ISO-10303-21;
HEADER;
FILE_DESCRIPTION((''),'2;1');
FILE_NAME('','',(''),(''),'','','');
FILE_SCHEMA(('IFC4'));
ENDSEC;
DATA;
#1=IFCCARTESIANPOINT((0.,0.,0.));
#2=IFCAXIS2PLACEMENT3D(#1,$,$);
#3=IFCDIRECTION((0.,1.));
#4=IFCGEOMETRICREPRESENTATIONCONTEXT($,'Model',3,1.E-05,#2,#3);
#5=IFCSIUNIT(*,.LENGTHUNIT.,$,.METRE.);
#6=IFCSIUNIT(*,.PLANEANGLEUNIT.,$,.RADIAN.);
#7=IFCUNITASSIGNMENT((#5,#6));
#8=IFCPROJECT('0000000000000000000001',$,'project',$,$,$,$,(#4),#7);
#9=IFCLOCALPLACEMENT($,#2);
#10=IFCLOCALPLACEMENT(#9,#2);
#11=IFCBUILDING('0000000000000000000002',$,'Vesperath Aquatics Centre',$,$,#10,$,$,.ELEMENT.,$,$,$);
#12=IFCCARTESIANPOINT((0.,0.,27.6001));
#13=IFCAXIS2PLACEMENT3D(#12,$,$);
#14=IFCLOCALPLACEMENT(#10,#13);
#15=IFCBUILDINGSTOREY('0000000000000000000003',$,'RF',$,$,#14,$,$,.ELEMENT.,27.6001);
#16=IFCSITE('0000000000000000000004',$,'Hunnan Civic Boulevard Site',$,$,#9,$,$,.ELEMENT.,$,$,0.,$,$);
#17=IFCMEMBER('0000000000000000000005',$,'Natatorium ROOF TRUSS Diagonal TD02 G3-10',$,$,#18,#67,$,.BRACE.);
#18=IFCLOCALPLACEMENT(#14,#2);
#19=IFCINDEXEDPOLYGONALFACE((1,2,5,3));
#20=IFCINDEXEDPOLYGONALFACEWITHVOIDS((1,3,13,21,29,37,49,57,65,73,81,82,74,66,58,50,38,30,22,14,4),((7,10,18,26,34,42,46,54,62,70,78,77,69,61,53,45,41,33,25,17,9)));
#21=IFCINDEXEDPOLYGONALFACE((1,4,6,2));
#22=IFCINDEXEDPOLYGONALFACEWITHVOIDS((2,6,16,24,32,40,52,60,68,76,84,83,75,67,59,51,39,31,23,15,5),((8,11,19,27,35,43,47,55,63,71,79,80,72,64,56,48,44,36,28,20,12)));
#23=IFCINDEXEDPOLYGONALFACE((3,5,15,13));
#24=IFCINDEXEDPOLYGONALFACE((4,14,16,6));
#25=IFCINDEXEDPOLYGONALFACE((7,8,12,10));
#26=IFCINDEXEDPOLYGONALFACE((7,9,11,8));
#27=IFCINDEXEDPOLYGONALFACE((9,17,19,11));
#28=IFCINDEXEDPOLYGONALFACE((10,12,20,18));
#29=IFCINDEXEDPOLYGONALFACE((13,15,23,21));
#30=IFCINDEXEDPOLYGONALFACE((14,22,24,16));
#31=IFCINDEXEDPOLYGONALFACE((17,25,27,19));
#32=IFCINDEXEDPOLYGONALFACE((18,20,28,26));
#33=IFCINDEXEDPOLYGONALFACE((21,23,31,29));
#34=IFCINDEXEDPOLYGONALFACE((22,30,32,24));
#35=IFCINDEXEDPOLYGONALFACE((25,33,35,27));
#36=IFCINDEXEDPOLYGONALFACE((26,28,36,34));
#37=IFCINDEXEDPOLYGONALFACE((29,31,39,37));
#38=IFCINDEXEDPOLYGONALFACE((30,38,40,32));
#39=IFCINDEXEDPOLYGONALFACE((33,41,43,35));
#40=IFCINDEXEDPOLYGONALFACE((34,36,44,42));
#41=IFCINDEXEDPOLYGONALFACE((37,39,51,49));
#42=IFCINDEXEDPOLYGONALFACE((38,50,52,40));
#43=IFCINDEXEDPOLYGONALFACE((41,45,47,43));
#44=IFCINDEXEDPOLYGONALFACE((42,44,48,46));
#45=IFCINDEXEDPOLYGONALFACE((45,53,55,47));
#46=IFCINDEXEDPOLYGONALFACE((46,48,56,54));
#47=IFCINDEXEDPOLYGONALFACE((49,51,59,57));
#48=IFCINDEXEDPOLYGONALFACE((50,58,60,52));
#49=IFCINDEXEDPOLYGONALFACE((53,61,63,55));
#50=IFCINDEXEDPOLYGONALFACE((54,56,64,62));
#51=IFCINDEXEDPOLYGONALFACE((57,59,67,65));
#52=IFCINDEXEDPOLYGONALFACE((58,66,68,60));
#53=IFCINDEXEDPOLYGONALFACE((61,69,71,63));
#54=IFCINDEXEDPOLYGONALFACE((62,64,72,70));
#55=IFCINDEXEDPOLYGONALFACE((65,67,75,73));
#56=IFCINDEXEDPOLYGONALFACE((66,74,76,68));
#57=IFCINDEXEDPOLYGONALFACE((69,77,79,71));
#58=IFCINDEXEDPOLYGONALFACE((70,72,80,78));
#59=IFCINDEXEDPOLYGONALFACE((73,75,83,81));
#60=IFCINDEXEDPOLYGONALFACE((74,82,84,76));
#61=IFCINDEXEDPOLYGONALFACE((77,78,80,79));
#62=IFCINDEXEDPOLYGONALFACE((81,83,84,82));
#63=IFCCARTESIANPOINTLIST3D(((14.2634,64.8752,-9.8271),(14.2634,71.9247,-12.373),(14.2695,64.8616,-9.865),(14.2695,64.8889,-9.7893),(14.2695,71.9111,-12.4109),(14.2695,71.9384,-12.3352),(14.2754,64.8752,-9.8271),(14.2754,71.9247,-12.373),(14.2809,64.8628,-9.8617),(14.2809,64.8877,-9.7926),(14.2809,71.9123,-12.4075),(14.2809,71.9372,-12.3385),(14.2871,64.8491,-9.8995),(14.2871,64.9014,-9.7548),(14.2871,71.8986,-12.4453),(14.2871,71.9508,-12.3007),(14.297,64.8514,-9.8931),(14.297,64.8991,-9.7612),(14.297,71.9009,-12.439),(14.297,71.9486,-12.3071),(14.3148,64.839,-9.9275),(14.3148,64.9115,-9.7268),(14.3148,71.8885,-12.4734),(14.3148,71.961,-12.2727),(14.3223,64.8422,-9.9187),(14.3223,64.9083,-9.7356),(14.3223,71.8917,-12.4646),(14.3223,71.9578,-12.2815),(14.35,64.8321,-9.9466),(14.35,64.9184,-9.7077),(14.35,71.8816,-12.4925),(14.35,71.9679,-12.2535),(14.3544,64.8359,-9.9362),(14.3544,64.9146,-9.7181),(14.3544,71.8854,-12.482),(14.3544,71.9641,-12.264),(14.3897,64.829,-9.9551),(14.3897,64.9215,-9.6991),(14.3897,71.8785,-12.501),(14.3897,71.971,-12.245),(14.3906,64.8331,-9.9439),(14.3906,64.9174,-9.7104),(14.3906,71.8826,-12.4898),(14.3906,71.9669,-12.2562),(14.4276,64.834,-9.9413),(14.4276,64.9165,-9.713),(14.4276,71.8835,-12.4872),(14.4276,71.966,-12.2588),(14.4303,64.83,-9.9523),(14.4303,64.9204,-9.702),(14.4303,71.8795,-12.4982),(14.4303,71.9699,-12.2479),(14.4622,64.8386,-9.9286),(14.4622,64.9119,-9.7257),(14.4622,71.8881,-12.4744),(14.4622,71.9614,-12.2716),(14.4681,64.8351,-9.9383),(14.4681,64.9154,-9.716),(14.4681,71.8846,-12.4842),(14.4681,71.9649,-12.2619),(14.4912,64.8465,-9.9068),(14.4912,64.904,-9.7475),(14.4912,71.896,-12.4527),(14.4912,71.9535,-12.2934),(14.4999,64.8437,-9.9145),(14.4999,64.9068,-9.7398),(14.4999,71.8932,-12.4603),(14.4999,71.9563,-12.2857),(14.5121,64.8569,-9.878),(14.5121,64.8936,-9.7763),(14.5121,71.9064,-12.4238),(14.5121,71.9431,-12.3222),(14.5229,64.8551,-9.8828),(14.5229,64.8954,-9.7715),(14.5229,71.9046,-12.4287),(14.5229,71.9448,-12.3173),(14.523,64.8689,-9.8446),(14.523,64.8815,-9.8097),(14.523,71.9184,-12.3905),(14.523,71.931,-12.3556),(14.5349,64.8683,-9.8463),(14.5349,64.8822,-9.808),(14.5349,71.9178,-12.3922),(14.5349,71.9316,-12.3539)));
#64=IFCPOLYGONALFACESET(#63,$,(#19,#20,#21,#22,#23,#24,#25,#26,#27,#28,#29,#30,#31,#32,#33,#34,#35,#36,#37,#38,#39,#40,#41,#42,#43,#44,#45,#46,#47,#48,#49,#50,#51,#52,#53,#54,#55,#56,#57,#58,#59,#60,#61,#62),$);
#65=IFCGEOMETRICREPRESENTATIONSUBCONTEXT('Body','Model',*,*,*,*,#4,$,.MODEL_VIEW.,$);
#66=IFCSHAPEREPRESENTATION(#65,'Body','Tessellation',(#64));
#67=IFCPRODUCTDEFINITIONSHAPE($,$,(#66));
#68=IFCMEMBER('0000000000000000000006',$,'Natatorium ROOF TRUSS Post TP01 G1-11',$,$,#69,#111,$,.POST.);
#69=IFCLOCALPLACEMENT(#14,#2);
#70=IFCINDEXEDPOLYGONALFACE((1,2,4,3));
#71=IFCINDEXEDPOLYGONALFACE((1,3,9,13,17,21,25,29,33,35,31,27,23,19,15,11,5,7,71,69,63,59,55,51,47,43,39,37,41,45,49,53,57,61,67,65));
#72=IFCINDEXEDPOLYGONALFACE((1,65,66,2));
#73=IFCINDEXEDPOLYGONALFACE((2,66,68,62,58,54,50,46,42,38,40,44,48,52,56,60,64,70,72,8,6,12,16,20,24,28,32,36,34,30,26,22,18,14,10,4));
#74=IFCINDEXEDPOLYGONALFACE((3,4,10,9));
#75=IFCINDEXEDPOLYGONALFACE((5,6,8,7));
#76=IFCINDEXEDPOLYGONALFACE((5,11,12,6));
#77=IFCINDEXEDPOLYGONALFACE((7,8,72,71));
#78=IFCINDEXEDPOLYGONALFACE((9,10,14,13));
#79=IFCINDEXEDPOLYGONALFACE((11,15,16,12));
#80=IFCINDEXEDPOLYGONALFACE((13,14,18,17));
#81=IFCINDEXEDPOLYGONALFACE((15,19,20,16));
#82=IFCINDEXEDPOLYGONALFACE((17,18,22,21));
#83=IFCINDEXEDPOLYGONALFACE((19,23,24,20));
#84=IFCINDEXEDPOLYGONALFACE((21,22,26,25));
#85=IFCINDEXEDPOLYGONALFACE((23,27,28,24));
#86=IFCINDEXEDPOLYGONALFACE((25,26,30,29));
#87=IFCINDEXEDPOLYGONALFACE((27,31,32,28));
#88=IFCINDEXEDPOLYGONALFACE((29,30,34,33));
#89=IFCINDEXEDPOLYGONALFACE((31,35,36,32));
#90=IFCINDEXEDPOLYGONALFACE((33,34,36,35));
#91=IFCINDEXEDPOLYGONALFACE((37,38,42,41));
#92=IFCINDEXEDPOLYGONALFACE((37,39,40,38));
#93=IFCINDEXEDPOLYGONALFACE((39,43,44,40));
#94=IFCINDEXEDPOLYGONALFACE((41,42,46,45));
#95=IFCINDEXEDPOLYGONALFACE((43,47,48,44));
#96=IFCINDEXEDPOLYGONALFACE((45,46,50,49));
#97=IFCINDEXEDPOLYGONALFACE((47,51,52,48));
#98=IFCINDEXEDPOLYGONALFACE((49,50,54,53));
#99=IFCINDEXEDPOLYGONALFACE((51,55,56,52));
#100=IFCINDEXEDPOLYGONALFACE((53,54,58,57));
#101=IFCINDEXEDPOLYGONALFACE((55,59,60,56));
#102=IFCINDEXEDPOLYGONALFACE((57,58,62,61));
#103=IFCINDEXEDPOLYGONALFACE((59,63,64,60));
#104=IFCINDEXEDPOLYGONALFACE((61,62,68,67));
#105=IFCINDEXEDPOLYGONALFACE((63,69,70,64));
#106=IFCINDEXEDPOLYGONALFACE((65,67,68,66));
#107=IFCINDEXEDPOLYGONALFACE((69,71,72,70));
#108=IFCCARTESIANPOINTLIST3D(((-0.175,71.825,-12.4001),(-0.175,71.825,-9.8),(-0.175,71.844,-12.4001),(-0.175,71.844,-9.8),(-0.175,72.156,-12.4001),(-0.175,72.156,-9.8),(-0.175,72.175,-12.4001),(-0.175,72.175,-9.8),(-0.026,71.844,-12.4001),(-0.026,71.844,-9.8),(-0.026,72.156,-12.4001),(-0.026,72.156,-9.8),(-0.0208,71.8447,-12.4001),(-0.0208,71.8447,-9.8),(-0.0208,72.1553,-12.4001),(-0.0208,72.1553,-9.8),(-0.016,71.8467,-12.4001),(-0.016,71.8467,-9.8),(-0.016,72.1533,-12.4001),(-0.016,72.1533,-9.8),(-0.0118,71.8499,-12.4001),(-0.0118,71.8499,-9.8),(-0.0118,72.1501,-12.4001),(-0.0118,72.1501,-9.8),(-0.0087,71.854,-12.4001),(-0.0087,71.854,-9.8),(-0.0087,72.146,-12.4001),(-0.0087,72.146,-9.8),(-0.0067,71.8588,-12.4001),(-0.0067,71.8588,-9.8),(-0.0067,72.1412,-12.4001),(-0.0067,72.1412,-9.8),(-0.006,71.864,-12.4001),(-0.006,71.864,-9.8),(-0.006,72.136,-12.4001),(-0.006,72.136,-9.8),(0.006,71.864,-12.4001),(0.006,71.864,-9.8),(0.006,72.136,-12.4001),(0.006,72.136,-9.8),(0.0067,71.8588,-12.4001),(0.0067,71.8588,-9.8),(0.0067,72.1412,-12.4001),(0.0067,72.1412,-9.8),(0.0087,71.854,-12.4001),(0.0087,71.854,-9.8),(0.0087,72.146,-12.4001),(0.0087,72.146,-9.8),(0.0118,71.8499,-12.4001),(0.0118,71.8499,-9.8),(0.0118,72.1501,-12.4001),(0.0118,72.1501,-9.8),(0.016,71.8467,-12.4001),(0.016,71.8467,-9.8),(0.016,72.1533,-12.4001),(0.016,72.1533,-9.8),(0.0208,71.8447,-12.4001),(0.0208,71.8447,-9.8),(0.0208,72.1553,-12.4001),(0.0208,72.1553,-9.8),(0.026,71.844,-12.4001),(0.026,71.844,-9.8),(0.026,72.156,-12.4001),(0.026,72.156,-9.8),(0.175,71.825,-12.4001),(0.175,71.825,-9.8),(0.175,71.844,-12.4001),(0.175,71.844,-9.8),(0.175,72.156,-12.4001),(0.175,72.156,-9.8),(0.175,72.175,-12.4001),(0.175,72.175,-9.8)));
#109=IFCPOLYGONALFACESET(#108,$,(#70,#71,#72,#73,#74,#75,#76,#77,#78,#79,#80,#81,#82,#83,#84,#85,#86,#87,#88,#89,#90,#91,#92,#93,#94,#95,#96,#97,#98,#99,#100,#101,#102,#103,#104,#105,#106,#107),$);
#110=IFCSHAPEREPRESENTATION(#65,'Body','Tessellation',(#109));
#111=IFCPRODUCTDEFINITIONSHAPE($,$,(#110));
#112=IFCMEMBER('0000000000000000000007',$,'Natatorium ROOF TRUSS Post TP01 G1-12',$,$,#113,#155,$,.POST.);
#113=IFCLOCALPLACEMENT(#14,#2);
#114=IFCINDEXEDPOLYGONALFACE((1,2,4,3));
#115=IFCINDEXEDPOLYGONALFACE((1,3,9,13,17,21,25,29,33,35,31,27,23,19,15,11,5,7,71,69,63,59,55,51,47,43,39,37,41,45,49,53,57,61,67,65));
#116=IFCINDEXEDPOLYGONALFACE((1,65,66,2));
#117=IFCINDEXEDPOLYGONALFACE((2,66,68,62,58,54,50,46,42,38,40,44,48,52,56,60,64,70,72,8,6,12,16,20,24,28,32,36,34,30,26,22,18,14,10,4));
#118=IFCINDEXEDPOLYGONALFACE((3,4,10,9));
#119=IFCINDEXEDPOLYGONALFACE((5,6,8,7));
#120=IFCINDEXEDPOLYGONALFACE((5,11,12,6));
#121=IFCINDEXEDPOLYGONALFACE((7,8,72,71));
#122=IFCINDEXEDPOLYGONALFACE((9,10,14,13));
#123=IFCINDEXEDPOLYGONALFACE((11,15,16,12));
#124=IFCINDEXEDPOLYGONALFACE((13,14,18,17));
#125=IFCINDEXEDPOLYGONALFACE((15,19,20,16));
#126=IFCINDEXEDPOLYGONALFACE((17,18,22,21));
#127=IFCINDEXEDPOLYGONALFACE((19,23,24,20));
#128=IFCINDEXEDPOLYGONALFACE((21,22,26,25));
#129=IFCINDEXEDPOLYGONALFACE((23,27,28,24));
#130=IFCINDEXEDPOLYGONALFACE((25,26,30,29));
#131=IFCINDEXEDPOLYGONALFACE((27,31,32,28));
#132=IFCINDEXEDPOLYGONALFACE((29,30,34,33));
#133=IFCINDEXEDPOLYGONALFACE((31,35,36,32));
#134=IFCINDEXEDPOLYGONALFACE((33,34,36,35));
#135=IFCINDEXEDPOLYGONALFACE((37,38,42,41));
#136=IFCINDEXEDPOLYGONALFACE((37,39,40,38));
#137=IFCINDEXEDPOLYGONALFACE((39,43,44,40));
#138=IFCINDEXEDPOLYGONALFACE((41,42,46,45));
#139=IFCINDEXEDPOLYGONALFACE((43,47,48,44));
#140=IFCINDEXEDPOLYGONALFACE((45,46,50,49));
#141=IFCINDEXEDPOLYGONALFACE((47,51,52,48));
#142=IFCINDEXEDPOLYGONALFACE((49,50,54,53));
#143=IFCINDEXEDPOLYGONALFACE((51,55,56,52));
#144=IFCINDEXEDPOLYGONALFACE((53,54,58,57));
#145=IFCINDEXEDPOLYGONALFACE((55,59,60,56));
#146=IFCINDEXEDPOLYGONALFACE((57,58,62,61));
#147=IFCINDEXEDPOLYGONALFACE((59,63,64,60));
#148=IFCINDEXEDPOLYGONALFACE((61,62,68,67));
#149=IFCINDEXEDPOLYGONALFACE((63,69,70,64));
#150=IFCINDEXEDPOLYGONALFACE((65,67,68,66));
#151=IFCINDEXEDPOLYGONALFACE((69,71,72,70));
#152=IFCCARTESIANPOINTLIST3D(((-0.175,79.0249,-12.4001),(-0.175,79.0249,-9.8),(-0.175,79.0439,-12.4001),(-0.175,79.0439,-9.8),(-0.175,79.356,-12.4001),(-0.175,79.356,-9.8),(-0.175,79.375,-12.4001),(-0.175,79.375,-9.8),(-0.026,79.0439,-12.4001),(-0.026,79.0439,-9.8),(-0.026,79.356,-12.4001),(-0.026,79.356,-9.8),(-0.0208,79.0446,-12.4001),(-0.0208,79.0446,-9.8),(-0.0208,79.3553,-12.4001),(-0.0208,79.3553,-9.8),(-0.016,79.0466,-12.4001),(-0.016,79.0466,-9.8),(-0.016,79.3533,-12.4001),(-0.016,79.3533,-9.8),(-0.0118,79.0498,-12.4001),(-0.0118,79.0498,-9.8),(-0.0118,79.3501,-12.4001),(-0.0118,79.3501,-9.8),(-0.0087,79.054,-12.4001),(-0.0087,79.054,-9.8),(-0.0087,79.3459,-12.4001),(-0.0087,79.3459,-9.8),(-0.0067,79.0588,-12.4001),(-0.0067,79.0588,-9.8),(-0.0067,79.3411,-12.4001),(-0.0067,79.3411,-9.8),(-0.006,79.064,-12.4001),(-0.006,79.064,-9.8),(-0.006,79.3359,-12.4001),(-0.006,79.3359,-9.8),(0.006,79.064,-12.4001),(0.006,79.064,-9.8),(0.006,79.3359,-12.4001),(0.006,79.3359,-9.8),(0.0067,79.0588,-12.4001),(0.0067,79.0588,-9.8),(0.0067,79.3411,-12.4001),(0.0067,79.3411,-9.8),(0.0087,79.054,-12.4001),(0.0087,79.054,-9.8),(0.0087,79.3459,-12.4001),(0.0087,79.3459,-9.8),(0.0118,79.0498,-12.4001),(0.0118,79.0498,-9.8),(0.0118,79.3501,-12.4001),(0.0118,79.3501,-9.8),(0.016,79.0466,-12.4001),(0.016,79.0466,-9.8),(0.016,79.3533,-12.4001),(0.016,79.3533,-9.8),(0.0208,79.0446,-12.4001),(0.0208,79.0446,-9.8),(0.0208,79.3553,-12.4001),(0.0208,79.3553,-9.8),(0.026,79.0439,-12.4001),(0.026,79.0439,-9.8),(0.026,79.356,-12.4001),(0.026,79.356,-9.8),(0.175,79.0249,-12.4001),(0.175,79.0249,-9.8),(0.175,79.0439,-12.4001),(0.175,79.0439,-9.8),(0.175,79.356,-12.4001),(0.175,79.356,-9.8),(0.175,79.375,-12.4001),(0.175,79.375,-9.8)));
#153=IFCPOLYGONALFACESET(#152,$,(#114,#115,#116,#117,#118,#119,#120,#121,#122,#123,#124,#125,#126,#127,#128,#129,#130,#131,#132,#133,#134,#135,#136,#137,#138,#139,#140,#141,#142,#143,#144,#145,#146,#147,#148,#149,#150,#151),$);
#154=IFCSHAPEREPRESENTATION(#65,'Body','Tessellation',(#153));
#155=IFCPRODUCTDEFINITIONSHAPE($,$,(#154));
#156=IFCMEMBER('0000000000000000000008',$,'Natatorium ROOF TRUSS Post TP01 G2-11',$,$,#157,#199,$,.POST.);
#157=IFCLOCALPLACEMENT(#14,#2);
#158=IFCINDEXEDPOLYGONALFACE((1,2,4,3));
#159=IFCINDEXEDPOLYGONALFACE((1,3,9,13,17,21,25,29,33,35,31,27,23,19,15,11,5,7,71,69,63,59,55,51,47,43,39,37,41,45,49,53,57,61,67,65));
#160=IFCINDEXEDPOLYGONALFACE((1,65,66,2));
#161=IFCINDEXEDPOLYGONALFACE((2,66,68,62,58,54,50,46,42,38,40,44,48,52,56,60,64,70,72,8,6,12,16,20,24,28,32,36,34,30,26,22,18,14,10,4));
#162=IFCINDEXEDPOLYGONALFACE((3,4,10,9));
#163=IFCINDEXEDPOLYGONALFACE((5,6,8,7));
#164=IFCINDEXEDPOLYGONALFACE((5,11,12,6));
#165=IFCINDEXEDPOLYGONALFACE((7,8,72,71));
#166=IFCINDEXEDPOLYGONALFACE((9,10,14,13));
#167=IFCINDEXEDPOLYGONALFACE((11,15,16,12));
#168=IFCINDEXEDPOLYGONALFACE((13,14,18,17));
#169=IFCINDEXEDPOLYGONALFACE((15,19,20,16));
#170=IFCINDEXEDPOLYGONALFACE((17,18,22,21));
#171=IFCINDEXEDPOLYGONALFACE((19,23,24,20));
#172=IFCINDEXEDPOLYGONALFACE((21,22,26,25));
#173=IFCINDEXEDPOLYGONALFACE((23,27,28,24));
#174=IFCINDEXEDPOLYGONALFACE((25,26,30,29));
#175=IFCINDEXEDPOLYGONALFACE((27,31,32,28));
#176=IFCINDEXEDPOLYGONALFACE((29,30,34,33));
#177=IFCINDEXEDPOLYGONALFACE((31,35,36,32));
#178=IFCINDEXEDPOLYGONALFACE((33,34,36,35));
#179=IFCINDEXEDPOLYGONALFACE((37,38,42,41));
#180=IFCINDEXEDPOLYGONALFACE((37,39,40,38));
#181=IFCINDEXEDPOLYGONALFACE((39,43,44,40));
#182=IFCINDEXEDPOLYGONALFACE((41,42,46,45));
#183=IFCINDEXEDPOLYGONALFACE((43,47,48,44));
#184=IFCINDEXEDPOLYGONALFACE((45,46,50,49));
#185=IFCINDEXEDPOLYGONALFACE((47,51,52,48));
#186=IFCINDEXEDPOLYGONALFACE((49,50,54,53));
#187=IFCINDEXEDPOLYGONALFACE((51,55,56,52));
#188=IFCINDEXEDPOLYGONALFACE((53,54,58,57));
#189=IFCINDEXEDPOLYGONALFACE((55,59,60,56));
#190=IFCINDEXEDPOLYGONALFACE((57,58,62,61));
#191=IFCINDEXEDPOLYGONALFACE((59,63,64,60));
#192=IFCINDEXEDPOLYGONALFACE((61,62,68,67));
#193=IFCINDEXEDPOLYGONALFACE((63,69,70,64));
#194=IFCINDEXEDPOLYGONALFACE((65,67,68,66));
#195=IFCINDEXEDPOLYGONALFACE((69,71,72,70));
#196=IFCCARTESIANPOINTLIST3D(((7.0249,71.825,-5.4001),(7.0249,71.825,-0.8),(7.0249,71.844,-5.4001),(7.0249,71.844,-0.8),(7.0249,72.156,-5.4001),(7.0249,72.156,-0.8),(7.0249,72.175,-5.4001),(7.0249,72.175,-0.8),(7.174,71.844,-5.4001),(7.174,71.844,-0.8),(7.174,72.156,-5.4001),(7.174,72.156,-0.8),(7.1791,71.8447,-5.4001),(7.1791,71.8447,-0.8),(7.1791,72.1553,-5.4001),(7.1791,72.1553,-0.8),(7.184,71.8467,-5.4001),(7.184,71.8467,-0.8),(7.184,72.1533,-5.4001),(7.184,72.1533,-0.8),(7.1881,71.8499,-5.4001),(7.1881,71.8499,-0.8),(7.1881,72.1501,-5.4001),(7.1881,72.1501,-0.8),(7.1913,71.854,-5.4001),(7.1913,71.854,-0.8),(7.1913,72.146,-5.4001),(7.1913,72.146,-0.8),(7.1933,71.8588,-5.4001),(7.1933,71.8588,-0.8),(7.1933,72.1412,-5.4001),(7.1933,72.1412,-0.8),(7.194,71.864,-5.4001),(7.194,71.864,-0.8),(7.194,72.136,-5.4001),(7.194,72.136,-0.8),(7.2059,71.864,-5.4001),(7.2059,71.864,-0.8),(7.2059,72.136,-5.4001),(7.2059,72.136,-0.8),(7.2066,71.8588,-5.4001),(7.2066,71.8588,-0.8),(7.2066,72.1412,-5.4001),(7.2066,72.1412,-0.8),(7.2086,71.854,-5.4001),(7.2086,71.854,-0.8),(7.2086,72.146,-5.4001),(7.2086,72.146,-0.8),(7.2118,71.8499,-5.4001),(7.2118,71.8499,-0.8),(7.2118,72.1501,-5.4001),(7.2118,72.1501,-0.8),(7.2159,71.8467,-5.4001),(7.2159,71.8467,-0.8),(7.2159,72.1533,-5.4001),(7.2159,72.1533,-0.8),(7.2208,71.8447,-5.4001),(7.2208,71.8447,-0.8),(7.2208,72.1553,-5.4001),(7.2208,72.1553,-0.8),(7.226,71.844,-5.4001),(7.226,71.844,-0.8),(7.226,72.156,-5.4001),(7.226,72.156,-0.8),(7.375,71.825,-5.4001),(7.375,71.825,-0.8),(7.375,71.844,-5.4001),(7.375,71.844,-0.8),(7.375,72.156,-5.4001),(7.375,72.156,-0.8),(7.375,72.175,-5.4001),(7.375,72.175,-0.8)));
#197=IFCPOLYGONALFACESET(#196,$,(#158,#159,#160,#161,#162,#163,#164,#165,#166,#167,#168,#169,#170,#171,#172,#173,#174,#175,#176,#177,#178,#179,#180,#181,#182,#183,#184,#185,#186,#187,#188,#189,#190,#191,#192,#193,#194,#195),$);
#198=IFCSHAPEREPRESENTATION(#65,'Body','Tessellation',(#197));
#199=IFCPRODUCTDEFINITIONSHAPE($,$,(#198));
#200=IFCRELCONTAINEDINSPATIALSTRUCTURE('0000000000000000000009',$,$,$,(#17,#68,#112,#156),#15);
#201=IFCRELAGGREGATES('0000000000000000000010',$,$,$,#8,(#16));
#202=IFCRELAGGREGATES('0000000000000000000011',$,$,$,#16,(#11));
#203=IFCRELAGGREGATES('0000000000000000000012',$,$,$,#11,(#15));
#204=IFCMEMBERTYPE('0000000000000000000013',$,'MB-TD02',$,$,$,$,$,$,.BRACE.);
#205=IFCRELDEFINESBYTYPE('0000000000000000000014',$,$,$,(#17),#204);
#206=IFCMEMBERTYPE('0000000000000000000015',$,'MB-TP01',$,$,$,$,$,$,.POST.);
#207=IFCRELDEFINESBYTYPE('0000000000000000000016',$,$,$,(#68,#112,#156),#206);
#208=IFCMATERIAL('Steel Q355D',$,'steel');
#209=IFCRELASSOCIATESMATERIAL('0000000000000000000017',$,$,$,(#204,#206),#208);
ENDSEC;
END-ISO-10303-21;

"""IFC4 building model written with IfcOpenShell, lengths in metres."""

from ifc_helpers import new_model, si_unit, direction, frame, origin, origin_2d, place, context, subcontext, project, spatial, hollow_circle, i_section, extrude, material, material_profile, profile_set, type_object, element, save


model = new_model("IFC4")

# Units and contexts
model_context = context("Model", 3, precision=1e-05, world=origin(), true_north=direction((0.0, 1.0)))
body_context = subcontext(model_context, "Body", "Model", "MODEL_VIEW")
ifc_project = project(units=[si_unit("LENGTHUNIT", "METRE"), si_unit("PLANEANGLEUNIT", "RADIAN")], contexts=[model_context])

# Site, building, storey
site_placement = place(None, origin())
site = spatial("IfcSite", under=ifc_project, at=site_placement, Name="Hunnan Civic Boulevard Site", CompositionType="ELEMENT", RefElevation=0.0)
building_placement = place(site_placement, origin())
building = spatial("IfcBuilding", under=site, at=building_placement, Name="Vesperath Aquatics Centre", CompositionType="ELEMENT")
storey_placement = place(building_placement, frame((0.0, 0.0, 27.6001)))
storey = spatial("IfcBuildingStorey", under=building, at=storey_placement, Name="RF", CompositionType="ELEMENT", Elevation=27.6001)

# Members
ifc_material_1 = material(Name="Steel Q355D", Category="steel")
ifc_material_profile_1 = material_profile(ifc_material_1, hollow_circle(Radius=0.1365, WallThickness=0.012, at=origin_2d()), Name="CHS 273.0x12")
ifc_profile_set_1 = profile_set([ifc_material_profile_1], Name="Steel Q355D")
member_type_1 = type_object("IfcMemberType", Name="MB-TD02", PredefinedType="BRACE", material=ifc_profile_set_1)
for number, where, z_axis, x_axis, name in (
    (1, (14.3999, 64.8752, -9.8271), (0.0, 0.940544, -0.339671), (-1.0, 0.0, 0.0), "Natatorium ROOF TRUSS Diagonal TD02 G3-10"),
):
    element("IfcMember", number, at=place(storey_placement, frame(where, z_axis=z_axis, x_axis=x_axis)), inside=storey, type_object=member_type_1, Name=name, PredefinedType="BRACE", context=body_context, shape_type="SweptSolid", body=[
        extrude(hollow_circle(Radius=0.1365, WallThickness=0.012, at=origin_2d()), origin(), (0.0, 0.0, 1.0), 7.4951),
    ])
ifc_material_profile_2 = material_profile(ifc_material_1, i_section(OverallWidth=0.3501, OverallDepth=0.3501, WebThickness=0.012, FlangeThickness=0.019, FilletRadius=0.02, at=origin_2d()), Name="HW 350x350x12x19")
ifc_profile_set_2 = profile_set([ifc_material_profile_2], Name="Steel Q355D")
member_type_2 = type_object("IfcMemberType", Name="MB-TP01", PredefinedType="POST", material=ifc_profile_set_2)
for number, where, z_axis, x_axis, name in (
    (2, (0.0, 72.0, -12.4001), (0.0, 0.0, 1.0), (1.0, 0.0, 0.0), "Natatorium ROOF TRUSS Post TP01 G1-11"),
    (3, (0.0, 79.2, -12.4001), (0.0, 0.0, 1.0), (1.0, 0.0, 0.0), "Natatorium ROOF TRUSS Post TP01 G1-12"),
):
    element("IfcMember", number, at=place(storey_placement, frame(where, z_axis=z_axis, x_axis=x_axis)), inside=storey, type_object=member_type_2, Name=name, PredefinedType="POST", context=body_context, shape_type="SweptSolid", body=[
        extrude(i_section(OverallWidth=0.3501, OverallDepth=0.3501, WebThickness=0.012, FlangeThickness=0.019, FilletRadius=0.02, at=origin_2d()), origin(), (0.0, 0.0, 1.0), 2.6001),
    ])
for number, where, z_axis, x_axis, name in (
    (4, (7.2, 72.0, -5.4001), (0.0, 0.0, 1.0), (1.0, 0.0, 0.0), "Natatorium ROOF TRUSS Post TP01 G2-11"),
):
    element("IfcMember", number, at=place(storey_placement, frame(where, z_axis=z_axis, x_axis=x_axis)), inside=storey, type_object=member_type_2, Name=name, PredefinedType="POST", context=body_context, shape_type="SweptSolid", body=[
        extrude(i_section(OverallWidth=0.3501, OverallDepth=0.3501, WebThickness=0.012, FlangeThickness=0.019, FilletRadius=0.02, at=origin_2d()), origin(), (0.0, 0.0, 1.0), 4.6001),
    ])

save(model, "model.ifc")
